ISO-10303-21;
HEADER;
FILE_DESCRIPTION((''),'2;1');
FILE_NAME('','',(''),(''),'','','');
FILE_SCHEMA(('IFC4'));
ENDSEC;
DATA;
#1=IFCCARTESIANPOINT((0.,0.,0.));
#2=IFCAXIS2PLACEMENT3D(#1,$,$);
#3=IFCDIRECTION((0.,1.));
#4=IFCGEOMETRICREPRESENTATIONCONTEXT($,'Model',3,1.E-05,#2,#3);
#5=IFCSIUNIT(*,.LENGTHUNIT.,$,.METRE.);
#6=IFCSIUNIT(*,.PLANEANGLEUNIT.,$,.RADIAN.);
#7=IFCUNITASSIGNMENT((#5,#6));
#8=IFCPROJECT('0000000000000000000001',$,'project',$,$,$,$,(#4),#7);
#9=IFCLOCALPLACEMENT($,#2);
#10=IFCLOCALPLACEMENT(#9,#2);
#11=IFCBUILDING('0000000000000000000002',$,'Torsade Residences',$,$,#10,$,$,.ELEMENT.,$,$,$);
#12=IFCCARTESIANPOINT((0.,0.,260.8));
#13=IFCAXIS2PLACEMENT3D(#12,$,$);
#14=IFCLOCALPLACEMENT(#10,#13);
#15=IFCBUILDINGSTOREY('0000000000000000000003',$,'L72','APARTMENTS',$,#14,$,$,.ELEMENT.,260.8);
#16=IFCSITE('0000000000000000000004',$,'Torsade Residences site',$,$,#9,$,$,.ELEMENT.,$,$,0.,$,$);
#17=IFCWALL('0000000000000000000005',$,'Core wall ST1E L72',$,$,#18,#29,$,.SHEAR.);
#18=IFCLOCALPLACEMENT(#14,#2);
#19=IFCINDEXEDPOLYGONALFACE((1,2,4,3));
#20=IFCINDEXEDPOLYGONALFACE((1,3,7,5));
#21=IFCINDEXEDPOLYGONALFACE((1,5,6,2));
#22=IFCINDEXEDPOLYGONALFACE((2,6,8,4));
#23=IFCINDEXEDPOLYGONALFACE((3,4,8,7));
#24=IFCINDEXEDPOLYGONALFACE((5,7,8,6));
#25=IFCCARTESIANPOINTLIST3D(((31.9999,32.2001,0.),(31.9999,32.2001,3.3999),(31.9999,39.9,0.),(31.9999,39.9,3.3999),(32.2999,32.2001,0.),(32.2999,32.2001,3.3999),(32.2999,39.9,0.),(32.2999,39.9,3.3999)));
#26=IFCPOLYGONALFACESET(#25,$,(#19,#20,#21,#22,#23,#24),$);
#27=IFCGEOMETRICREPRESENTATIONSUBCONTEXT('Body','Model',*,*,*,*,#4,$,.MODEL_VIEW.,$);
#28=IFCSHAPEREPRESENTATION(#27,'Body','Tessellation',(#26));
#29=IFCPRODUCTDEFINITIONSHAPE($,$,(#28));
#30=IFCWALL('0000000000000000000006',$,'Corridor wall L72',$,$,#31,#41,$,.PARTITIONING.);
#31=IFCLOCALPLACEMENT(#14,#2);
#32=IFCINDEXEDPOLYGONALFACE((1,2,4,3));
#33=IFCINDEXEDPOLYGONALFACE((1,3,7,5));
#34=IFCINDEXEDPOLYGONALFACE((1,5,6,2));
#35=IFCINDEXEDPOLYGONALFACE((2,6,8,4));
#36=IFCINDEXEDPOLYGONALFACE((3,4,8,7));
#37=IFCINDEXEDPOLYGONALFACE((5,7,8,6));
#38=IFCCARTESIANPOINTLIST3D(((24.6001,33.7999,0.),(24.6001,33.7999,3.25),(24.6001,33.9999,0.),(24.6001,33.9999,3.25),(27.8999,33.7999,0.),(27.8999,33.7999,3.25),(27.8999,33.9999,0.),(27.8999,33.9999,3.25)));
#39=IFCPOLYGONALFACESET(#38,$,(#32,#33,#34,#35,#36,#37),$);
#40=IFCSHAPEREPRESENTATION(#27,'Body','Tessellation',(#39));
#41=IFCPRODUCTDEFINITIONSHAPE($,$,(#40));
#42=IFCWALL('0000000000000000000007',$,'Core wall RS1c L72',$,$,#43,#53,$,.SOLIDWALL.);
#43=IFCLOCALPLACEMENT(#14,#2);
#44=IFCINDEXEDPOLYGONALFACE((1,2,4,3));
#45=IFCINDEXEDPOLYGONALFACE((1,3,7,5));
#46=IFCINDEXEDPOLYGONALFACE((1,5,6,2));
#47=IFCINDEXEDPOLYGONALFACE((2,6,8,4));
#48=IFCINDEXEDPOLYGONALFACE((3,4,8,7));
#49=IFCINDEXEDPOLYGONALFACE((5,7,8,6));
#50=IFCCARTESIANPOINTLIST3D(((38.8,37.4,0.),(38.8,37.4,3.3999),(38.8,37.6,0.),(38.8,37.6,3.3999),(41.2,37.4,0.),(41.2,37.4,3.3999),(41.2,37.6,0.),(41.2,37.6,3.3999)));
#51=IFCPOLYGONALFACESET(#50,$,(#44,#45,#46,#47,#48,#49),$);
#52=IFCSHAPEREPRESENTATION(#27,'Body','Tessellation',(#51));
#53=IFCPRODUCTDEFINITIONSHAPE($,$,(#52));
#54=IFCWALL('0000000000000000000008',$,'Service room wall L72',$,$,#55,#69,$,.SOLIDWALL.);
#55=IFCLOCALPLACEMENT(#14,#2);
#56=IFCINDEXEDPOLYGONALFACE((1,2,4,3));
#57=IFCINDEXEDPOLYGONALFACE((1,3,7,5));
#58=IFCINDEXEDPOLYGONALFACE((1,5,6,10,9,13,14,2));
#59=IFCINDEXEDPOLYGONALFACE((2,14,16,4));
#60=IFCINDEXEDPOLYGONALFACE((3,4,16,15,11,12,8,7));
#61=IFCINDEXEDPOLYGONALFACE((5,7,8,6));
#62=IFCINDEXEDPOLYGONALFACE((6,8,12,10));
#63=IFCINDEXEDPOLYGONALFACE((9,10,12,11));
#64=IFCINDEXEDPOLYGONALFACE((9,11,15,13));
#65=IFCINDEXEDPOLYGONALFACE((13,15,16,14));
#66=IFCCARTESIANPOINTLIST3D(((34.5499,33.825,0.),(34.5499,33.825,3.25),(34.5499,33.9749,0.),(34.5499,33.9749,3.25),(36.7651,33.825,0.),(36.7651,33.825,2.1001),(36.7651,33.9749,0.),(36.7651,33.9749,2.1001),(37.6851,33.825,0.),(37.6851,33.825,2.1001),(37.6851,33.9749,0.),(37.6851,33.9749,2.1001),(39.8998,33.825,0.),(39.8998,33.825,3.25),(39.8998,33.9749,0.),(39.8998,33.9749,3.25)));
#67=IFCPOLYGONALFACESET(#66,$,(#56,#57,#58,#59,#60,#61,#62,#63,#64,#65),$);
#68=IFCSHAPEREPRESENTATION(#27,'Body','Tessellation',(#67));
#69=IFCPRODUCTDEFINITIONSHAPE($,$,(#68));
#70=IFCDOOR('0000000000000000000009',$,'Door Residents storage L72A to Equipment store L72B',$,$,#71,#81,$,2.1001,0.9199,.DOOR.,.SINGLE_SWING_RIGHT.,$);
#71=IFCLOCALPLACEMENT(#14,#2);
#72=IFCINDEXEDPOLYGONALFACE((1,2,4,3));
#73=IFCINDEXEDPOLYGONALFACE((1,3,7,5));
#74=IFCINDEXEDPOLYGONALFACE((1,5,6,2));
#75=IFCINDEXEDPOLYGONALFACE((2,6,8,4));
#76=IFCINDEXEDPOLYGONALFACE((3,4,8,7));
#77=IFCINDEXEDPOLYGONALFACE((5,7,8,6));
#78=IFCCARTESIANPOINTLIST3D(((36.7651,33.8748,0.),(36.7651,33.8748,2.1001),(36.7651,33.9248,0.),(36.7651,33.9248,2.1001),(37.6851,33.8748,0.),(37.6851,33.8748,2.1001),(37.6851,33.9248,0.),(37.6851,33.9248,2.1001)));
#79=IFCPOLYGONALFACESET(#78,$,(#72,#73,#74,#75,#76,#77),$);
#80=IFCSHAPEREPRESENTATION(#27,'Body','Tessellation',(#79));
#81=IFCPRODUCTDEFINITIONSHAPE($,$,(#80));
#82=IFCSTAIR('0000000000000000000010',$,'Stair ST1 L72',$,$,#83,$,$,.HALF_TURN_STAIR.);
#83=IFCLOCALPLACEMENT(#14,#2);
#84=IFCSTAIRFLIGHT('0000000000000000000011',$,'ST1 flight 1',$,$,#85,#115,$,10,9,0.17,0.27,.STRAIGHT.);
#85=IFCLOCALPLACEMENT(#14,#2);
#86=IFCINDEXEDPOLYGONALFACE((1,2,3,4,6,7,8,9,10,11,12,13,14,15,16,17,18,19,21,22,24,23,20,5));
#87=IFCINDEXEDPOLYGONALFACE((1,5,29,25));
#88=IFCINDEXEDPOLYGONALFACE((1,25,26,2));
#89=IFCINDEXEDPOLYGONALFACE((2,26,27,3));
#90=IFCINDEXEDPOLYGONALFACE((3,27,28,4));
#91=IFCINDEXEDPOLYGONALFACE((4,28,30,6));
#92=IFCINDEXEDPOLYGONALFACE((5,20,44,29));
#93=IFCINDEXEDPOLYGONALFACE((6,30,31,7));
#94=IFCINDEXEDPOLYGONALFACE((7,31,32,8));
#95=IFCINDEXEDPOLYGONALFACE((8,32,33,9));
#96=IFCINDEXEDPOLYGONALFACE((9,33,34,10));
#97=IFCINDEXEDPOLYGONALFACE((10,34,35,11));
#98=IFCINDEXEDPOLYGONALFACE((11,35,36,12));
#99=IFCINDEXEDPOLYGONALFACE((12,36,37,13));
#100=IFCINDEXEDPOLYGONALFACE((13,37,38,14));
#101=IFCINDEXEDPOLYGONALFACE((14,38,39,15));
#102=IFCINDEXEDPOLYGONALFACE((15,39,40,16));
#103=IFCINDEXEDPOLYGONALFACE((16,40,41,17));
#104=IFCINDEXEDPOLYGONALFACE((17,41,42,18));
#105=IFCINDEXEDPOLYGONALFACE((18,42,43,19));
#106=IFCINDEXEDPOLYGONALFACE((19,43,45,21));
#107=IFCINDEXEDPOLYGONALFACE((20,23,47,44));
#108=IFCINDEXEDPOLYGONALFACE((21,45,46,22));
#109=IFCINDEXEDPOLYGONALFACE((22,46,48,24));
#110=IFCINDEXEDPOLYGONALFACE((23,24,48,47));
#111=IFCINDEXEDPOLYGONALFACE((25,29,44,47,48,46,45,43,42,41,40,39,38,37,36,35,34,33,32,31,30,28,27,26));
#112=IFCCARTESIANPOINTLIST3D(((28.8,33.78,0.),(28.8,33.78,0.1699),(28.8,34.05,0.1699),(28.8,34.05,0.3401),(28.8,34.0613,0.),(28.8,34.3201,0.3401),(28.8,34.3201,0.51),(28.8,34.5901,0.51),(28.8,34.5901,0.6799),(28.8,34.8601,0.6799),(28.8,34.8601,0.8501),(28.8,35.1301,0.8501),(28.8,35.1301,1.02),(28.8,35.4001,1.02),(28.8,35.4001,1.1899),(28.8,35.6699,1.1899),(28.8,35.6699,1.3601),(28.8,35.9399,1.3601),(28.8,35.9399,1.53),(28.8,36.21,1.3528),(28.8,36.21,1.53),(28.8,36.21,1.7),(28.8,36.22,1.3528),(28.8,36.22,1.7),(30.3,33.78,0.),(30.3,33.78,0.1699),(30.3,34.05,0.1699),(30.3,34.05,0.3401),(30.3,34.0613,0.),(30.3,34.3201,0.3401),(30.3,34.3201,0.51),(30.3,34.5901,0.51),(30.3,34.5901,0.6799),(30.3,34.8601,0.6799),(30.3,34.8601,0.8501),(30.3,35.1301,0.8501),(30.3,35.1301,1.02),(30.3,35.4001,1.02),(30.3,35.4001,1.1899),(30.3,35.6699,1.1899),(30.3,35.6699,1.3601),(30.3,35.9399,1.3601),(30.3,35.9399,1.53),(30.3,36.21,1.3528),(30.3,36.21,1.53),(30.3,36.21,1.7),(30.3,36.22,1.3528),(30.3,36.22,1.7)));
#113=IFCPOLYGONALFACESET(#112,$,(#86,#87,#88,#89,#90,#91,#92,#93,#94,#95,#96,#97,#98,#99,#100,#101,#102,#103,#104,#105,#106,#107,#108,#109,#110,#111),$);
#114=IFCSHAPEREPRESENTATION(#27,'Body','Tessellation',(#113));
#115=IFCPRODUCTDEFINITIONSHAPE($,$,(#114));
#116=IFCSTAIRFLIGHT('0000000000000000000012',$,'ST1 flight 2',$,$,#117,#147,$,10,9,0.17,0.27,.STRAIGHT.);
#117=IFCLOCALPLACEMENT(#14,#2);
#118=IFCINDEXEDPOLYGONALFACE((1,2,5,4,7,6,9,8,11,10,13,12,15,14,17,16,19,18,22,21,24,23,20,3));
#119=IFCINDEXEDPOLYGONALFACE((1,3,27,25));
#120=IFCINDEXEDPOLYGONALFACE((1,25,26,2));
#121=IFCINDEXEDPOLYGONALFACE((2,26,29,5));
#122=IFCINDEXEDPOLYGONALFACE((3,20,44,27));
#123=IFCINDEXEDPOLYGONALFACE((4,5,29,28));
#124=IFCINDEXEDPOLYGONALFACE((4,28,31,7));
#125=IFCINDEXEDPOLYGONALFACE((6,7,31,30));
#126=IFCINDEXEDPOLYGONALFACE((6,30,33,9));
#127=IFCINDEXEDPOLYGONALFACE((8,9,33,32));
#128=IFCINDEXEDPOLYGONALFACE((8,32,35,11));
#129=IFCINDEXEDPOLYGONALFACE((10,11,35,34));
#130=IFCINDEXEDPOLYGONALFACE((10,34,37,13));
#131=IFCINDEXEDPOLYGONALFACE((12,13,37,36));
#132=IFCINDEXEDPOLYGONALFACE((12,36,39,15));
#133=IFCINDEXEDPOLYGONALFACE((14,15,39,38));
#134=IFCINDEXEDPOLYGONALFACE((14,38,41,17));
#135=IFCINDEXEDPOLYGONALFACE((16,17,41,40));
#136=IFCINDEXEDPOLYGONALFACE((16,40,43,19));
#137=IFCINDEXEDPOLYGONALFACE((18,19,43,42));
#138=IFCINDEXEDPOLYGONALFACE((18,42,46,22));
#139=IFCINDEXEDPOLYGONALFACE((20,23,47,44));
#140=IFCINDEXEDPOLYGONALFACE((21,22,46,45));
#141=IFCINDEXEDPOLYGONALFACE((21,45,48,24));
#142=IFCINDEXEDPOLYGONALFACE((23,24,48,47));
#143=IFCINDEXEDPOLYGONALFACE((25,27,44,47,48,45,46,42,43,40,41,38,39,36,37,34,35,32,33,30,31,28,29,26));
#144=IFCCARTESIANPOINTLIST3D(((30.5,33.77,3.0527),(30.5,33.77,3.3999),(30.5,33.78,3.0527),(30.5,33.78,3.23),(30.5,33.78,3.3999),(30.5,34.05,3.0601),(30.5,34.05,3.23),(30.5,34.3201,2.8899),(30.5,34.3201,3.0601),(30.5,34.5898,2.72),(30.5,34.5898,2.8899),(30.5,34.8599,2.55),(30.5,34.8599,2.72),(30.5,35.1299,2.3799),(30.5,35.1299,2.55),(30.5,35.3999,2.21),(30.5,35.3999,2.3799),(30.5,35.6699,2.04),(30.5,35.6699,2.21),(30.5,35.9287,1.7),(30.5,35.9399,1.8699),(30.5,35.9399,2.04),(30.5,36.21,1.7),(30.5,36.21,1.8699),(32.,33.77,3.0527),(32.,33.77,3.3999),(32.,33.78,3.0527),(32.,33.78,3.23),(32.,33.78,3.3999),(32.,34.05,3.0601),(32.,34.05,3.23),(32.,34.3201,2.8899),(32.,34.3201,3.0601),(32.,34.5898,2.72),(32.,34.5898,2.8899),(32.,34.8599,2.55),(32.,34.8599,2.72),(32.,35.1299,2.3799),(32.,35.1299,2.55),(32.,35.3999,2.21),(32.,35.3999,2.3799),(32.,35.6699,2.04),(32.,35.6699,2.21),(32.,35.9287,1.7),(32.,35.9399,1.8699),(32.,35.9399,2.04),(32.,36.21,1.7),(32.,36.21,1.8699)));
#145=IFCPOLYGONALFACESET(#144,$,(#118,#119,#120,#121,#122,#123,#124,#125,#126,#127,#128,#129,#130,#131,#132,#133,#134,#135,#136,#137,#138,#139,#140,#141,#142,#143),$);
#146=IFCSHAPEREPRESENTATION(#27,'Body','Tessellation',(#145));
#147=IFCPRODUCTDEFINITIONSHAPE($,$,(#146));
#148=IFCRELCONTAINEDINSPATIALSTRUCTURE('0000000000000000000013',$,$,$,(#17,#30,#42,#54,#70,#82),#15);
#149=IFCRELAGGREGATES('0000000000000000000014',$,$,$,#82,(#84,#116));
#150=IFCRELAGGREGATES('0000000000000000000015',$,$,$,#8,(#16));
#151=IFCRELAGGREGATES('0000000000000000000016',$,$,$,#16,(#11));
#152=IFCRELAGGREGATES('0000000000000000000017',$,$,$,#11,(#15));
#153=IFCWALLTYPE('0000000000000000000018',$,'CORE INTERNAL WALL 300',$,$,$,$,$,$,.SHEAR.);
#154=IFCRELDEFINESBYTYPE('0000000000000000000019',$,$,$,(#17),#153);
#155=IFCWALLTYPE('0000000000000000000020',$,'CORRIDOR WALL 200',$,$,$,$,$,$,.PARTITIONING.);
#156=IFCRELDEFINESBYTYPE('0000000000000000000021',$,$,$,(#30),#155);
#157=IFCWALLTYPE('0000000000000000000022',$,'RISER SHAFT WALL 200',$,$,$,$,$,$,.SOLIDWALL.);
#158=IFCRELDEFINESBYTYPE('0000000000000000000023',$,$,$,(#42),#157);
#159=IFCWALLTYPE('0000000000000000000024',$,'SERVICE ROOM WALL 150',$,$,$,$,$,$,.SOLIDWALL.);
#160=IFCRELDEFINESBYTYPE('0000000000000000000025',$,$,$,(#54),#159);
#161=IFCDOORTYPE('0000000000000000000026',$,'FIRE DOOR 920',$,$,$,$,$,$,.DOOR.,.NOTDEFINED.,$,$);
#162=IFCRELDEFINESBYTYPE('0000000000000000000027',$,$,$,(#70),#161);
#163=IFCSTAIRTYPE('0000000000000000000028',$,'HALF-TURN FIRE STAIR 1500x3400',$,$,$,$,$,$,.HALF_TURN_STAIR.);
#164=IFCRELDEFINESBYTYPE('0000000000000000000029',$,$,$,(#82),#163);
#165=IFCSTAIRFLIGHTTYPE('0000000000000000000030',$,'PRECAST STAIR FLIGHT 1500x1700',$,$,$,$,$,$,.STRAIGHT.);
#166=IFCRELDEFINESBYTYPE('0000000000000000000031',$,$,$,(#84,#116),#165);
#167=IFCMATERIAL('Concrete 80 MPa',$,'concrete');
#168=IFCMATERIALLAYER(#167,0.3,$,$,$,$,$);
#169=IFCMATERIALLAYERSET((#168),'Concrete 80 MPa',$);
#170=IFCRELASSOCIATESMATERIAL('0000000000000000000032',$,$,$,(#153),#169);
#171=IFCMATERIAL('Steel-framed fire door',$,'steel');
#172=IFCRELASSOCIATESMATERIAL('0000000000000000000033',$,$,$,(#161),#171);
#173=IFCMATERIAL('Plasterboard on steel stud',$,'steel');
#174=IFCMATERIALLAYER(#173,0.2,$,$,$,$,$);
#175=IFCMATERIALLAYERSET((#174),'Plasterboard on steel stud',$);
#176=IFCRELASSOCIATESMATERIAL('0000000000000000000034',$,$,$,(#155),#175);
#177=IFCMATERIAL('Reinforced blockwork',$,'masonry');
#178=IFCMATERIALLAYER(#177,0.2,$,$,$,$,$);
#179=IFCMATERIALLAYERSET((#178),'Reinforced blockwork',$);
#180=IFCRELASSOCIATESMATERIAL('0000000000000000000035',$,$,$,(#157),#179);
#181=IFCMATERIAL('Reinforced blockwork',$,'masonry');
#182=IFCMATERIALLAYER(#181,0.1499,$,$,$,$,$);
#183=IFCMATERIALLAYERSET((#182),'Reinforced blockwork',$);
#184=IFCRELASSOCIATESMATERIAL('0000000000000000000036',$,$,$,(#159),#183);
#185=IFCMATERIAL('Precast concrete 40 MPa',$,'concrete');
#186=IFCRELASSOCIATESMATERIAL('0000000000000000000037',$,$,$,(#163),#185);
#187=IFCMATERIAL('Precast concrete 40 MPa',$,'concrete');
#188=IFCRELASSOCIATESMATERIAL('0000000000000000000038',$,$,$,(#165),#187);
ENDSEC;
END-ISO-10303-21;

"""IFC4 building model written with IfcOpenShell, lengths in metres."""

from ifc_helpers import new_model, si_unit, direction, frame, frame_2d, origin, place, context, subcontext, project, spatial, polyline, rectangle, outline, extrude, material, layer, layer_set, type_object, element, fill, aggregate, save


model = new_model("IFC4")

# Units and contexts
model_context = context("Model", 3, precision=1e-05, world=origin(), true_north=direction((0.0, 1.0)))
body_context = subcontext(model_context, "Body", "Model", "MODEL_VIEW")
ifc_project = project(units=[si_unit("LENGTHUNIT", "METRE"), si_unit("PLANEANGLEUNIT", "RADIAN")], contexts=[model_context])

# Site, building, storey
site_placement = place(None, origin())
site = spatial("IfcSite", under=ifc_project, at=site_placement, Name="Torsade Residences site", CompositionType="ELEMENT", RefElevation=0.0)
building_placement = place(site_placement, origin())
building = spatial("IfcBuilding", under=site, at=building_placement, Name="Torsade Residences", CompositionType="ELEMENT")
storey_placement = place(building_placement, frame((0.0, 0.0, 260.8)))
storey = spatial("IfcBuildingStorey", under=building, at=storey_placement, Name="L72", Description="APARTMENTS", CompositionType="ELEMENT", Elevation=260.8)

# Shared definitions
ifc_material_1 = material(Name="Concrete 80 MPa", Category="concrete")
ifc_layer_1 = layer(ifc_material_1, 0.3)
ifc_layer_set_1 = layer_set([ifc_layer_1], Name="Concrete 80 MPa")
wall_type_1 = type_object("IfcWallType", Name="CORE INTERNAL WALL 300", PredefinedType="SHEAR", material=ifc_layer_set_1)
ifc_material_2 = material(Name="Steel-framed fire door", Category="steel")
door_type_1 = type_object("IfcDoorType", Name="FIRE DOOR 920", OperationType="NOTDEFINED", PredefinedType="DOOR", material=ifc_material_2)

# Walls
wall_1_placement = place(storey_placement, frame((32.1499, 32.2, 0.0), z_axis=(0.0, 0.0, 1.0), x_axis=(0.0, 1.0, 0.0)))
element("IfcWall", 1, at=wall_1_placement, inside=storey, type_object=wall_type_1, Name="Core wall ST1E L72", PredefinedType="SHEAR", context=body_context, shape_type="SweptSolid", body=[
    extrude(rectangle(XDim=7.7, YDim=0.3, at=frame_2d((3.8501, 0.0))), origin(), (0.0, 0.0, 1.0), 3.3999),
])
ifc_material_3 = material(Name="Plasterboard on steel stud", Category="steel")
ifc_layer_2 = layer(ifc_material_3, 0.2)
ifc_layer_set_2 = layer_set([ifc_layer_2], Name="Plasterboard on steel stud")
wall_type_2 = type_object("IfcWallType", Name="CORRIDOR WALL 200", PredefinedType="PARTITIONING", material=ifc_layer_set_2)
wall_2_placement = place(storey_placement, frame((27.8999, 33.8999, 0.0), z_axis=(0.0, 0.0, 1.0), x_axis=(-1.0, 0.0, 0.0)))
element("IfcWall", 2, at=wall_2_placement, inside=storey, type_object=wall_type_2, Name="Corridor wall L72", PredefinedType="PARTITIONING", context=body_context, shape_type="SweptSolid", body=[
    extrude(rectangle(XDim=3.2998, YDim=0.2, at=frame_2d((1.6499, 0.0))), origin(), (0.0, 0.0, 1.0), 3.25),
])
ifc_material_4 = material(Name="Reinforced blockwork", Category="masonry")
ifc_layer_3 = layer(ifc_material_4, 0.2)
ifc_layer_set_3 = layer_set([ifc_layer_3], Name="Reinforced blockwork")
wall_type_3 = type_object("IfcWallType", Name="RISER SHAFT WALL 200", PredefinedType="SOLIDWALL", material=ifc_layer_set_3)
wall_3_placement = place(storey_placement, frame((38.8, 37.5, 0.0), z_axis=(0.0, 0.0, 1.0), x_axis=(1.0, 0.0, 0.0)))
element("IfcWall", 3, at=wall_3_placement, inside=storey, type_object=wall_type_3, Name="Core wall RS1c L72", PredefinedType="SOLIDWALL", context=body_context, shape_type="SweptSolid", body=[
    extrude(rectangle(XDim=2.3999, YDim=0.2, at=frame_2d((1.2, 0.0))), origin(), (0.0, 0.0, 1.0), 3.3999),
])

# Wall, opening, door
ifc_material_5 = material(Name="Reinforced blockwork", Category="masonry")
ifc_layer_4 = layer(ifc_material_5, 0.1499)
ifc_layer_set_4 = layer_set([ifc_layer_4], Name="Reinforced blockwork")
wall_type_4 = type_object("IfcWallType", Name="SERVICE ROOM WALL 150", PredefinedType="SOLIDWALL", material=ifc_layer_set_4)
wall_4_placement = place(storey_placement, frame((34.55, 33.8999, 0.0), z_axis=(0.0, 0.0, 1.0), x_axis=(1.0, 0.0, 0.0)))
wall_4 = element("IfcWall", 4, at=wall_4_placement, inside=storey, type_object=wall_type_4, Name="Service room wall L72", PredefinedType="SOLIDWALL", context=body_context, shape_type="SweptSolid", body=[
    extrude(rectangle(XDim=5.3499, YDim=0.1499, at=frame_2d((2.6748, 0.0))), origin(), (0.0, 0.0, 1.0), 3.25),
])
opening_1_placement = place(wall_4_placement, frame((2.2151, 0.0, 0.0)))
opening_1 = element("IfcOpeningElement", 5, at=opening_1_placement, cuts=wall_4, PredefinedType="OPENING", context=body_context, shape_type="SweptSolid", body=[
    extrude(rectangle(XDim=0.9199, YDim=2.1001, at=frame_2d((0.46, 1.05))), frame((0.0, 0.085, 0.0), z_axis=(0.0, -1.0, 0.0), x_axis=(1.0, 0.0, 0.0)), (0.0, 0.0, 1.0), 0.1699),
])
door_1_placement = place(opening_1_placement, origin())
door_1 = element("IfcDoor", 6, at=door_1_placement, inside=storey, type_object=door_type_1, Name="Door Residents storage L72A to Equipment store L72B", OperationType="SINGLE_SWING_RIGHT", OverallHeight=2.1001, OverallWidth=0.9199, PredefinedType="DOOR", context=body_context, shape_type="SweptSolid", body=[
    extrude(rectangle(XDim=0.9199, YDim=2.1001, at=frame_2d((0.46, 1.05))), frame((0.0, 0.0249, 0.0), z_axis=(0.0, -1.0, 0.0), x_axis=(1.0, 0.0, 0.0)), (0.0, 0.0, 1.0), 0.05),
])
fill(opening_1, door_1)

# Stair, stair flights
ifc_material_6 = material(Name="Precast concrete 40 MPa", Category="concrete")
stair_type = type_object("IfcStairType", Name="HALF-TURN FIRE STAIR 1500x3400", PredefinedType="HALF_TURN_STAIR", material=ifc_material_6)
stair_placement = place(storey_placement, origin())
stair = element("IfcStair", 7, at=stair_placement, inside=storey, type_object=stair_type, Name="Stair ST1 L72", PredefinedType="HALF_TURN_STAIR")
ifc_material_7 = material(Name="Precast concrete 40 MPa", Category="concrete")
stair_flight_type = type_object("IfcStairFlightType", Name="PRECAST STAIR FLIGHT 1500x1700", PredefinedType="STRAIGHT", material=ifc_material_7)
stair_flight_1_placement = place(storey_placement, frame((29.55, 33.78, 0.0), z_axis=(0.0, 0.0, 1.0), x_axis=(0.0, 1.0, 0.0)))
stair_flight_1 = element("IfcStairFlight", 8, at=stair_flight_1_placement, type_object=stair_flight_type, Name="ST1 flight 1", NumberOfRisers=10, NumberOfTreads=9, PredefinedType="STRAIGHT", RiserHeight=0.17, TreadLength=0.27, context=body_context, shape_type="SweptSolid", body=[
    extrude(outline(polyline([(0.0, 0.0), (0.0, 0.1699), (0.27, 0.1699), (0.27, 0.3401), (0.54, 0.3401), (0.54, 0.51), (0.8101, 0.51), (0.8101, 0.6799), (1.0801, 0.6799), (1.0801, 0.8501), (1.3501, 0.8501), (1.3501, 1.02), (1.6201, 1.02), (1.6201, 1.1899), (1.8899, 1.1899), (1.8899, 1.3601), (2.1599, 1.3601), (2.1599, 1.53), (2.4299, 1.53), (2.4299, 1.7), (2.4399, 1.7), (2.4399, 1.3528), (2.4299, 1.3528), (0.2812, 0.0), (0.0, 0.0)])), frame((0.0, 0.75, 0.0), z_axis=(0.0, -1.0, 0.0), x_axis=(1.0, 0.0, 0.0)), (0.0, 0.0, 1.0), 1.5),
])
stair_flight_2_placement = place(storey_placement, frame((31.25, 36.21, 1.7), z_axis=(0.0, 0.0, 1.0), x_axis=(0.0, -1.0, 0.0)))
stair_flight_2 = element("IfcStairFlight", 9, at=stair_flight_2_placement, type_object=stair_flight_type, Name="ST1 flight 2", NumberOfRisers=10, NumberOfTreads=9, PredefinedType="STRAIGHT", RiserHeight=0.17, TreadLength=0.27, context=body_context, shape_type="SweptSolid", body=[
    extrude(outline(polyline([(0.0, 0.0), (0.0, 0.1699), (0.27, 0.1699), (0.27, 0.3401), (0.54, 0.3401), (0.54, 0.51), (0.8101, 0.51), (0.8101, 0.6799), (1.0801, 0.6799), (1.0801, 0.8501), (1.3501, 0.8501), (1.3501, 1.02), (1.6201, 1.02), (1.6201, 1.1899), (1.8899, 1.1899), (1.8899, 1.3601), (2.1599, 1.3601), (2.1599, 1.53), (2.4299, 1.53), (2.4299, 1.7), (2.4399, 1.7), (2.4399, 1.3528), (2.4299, 1.3528), (0.2812, 0.0), (0.0, 0.0)])), frame((0.0, 0.75, 0.0), z_axis=(0.0, -1.0, 0.0), x_axis=(1.0, 0.0, 0.0)), (0.0, 0.0, 1.0), 1.5),
])
aggregate(stair, [stair_flight_1, stair_flight_2])

save(model, "model.ifc")
